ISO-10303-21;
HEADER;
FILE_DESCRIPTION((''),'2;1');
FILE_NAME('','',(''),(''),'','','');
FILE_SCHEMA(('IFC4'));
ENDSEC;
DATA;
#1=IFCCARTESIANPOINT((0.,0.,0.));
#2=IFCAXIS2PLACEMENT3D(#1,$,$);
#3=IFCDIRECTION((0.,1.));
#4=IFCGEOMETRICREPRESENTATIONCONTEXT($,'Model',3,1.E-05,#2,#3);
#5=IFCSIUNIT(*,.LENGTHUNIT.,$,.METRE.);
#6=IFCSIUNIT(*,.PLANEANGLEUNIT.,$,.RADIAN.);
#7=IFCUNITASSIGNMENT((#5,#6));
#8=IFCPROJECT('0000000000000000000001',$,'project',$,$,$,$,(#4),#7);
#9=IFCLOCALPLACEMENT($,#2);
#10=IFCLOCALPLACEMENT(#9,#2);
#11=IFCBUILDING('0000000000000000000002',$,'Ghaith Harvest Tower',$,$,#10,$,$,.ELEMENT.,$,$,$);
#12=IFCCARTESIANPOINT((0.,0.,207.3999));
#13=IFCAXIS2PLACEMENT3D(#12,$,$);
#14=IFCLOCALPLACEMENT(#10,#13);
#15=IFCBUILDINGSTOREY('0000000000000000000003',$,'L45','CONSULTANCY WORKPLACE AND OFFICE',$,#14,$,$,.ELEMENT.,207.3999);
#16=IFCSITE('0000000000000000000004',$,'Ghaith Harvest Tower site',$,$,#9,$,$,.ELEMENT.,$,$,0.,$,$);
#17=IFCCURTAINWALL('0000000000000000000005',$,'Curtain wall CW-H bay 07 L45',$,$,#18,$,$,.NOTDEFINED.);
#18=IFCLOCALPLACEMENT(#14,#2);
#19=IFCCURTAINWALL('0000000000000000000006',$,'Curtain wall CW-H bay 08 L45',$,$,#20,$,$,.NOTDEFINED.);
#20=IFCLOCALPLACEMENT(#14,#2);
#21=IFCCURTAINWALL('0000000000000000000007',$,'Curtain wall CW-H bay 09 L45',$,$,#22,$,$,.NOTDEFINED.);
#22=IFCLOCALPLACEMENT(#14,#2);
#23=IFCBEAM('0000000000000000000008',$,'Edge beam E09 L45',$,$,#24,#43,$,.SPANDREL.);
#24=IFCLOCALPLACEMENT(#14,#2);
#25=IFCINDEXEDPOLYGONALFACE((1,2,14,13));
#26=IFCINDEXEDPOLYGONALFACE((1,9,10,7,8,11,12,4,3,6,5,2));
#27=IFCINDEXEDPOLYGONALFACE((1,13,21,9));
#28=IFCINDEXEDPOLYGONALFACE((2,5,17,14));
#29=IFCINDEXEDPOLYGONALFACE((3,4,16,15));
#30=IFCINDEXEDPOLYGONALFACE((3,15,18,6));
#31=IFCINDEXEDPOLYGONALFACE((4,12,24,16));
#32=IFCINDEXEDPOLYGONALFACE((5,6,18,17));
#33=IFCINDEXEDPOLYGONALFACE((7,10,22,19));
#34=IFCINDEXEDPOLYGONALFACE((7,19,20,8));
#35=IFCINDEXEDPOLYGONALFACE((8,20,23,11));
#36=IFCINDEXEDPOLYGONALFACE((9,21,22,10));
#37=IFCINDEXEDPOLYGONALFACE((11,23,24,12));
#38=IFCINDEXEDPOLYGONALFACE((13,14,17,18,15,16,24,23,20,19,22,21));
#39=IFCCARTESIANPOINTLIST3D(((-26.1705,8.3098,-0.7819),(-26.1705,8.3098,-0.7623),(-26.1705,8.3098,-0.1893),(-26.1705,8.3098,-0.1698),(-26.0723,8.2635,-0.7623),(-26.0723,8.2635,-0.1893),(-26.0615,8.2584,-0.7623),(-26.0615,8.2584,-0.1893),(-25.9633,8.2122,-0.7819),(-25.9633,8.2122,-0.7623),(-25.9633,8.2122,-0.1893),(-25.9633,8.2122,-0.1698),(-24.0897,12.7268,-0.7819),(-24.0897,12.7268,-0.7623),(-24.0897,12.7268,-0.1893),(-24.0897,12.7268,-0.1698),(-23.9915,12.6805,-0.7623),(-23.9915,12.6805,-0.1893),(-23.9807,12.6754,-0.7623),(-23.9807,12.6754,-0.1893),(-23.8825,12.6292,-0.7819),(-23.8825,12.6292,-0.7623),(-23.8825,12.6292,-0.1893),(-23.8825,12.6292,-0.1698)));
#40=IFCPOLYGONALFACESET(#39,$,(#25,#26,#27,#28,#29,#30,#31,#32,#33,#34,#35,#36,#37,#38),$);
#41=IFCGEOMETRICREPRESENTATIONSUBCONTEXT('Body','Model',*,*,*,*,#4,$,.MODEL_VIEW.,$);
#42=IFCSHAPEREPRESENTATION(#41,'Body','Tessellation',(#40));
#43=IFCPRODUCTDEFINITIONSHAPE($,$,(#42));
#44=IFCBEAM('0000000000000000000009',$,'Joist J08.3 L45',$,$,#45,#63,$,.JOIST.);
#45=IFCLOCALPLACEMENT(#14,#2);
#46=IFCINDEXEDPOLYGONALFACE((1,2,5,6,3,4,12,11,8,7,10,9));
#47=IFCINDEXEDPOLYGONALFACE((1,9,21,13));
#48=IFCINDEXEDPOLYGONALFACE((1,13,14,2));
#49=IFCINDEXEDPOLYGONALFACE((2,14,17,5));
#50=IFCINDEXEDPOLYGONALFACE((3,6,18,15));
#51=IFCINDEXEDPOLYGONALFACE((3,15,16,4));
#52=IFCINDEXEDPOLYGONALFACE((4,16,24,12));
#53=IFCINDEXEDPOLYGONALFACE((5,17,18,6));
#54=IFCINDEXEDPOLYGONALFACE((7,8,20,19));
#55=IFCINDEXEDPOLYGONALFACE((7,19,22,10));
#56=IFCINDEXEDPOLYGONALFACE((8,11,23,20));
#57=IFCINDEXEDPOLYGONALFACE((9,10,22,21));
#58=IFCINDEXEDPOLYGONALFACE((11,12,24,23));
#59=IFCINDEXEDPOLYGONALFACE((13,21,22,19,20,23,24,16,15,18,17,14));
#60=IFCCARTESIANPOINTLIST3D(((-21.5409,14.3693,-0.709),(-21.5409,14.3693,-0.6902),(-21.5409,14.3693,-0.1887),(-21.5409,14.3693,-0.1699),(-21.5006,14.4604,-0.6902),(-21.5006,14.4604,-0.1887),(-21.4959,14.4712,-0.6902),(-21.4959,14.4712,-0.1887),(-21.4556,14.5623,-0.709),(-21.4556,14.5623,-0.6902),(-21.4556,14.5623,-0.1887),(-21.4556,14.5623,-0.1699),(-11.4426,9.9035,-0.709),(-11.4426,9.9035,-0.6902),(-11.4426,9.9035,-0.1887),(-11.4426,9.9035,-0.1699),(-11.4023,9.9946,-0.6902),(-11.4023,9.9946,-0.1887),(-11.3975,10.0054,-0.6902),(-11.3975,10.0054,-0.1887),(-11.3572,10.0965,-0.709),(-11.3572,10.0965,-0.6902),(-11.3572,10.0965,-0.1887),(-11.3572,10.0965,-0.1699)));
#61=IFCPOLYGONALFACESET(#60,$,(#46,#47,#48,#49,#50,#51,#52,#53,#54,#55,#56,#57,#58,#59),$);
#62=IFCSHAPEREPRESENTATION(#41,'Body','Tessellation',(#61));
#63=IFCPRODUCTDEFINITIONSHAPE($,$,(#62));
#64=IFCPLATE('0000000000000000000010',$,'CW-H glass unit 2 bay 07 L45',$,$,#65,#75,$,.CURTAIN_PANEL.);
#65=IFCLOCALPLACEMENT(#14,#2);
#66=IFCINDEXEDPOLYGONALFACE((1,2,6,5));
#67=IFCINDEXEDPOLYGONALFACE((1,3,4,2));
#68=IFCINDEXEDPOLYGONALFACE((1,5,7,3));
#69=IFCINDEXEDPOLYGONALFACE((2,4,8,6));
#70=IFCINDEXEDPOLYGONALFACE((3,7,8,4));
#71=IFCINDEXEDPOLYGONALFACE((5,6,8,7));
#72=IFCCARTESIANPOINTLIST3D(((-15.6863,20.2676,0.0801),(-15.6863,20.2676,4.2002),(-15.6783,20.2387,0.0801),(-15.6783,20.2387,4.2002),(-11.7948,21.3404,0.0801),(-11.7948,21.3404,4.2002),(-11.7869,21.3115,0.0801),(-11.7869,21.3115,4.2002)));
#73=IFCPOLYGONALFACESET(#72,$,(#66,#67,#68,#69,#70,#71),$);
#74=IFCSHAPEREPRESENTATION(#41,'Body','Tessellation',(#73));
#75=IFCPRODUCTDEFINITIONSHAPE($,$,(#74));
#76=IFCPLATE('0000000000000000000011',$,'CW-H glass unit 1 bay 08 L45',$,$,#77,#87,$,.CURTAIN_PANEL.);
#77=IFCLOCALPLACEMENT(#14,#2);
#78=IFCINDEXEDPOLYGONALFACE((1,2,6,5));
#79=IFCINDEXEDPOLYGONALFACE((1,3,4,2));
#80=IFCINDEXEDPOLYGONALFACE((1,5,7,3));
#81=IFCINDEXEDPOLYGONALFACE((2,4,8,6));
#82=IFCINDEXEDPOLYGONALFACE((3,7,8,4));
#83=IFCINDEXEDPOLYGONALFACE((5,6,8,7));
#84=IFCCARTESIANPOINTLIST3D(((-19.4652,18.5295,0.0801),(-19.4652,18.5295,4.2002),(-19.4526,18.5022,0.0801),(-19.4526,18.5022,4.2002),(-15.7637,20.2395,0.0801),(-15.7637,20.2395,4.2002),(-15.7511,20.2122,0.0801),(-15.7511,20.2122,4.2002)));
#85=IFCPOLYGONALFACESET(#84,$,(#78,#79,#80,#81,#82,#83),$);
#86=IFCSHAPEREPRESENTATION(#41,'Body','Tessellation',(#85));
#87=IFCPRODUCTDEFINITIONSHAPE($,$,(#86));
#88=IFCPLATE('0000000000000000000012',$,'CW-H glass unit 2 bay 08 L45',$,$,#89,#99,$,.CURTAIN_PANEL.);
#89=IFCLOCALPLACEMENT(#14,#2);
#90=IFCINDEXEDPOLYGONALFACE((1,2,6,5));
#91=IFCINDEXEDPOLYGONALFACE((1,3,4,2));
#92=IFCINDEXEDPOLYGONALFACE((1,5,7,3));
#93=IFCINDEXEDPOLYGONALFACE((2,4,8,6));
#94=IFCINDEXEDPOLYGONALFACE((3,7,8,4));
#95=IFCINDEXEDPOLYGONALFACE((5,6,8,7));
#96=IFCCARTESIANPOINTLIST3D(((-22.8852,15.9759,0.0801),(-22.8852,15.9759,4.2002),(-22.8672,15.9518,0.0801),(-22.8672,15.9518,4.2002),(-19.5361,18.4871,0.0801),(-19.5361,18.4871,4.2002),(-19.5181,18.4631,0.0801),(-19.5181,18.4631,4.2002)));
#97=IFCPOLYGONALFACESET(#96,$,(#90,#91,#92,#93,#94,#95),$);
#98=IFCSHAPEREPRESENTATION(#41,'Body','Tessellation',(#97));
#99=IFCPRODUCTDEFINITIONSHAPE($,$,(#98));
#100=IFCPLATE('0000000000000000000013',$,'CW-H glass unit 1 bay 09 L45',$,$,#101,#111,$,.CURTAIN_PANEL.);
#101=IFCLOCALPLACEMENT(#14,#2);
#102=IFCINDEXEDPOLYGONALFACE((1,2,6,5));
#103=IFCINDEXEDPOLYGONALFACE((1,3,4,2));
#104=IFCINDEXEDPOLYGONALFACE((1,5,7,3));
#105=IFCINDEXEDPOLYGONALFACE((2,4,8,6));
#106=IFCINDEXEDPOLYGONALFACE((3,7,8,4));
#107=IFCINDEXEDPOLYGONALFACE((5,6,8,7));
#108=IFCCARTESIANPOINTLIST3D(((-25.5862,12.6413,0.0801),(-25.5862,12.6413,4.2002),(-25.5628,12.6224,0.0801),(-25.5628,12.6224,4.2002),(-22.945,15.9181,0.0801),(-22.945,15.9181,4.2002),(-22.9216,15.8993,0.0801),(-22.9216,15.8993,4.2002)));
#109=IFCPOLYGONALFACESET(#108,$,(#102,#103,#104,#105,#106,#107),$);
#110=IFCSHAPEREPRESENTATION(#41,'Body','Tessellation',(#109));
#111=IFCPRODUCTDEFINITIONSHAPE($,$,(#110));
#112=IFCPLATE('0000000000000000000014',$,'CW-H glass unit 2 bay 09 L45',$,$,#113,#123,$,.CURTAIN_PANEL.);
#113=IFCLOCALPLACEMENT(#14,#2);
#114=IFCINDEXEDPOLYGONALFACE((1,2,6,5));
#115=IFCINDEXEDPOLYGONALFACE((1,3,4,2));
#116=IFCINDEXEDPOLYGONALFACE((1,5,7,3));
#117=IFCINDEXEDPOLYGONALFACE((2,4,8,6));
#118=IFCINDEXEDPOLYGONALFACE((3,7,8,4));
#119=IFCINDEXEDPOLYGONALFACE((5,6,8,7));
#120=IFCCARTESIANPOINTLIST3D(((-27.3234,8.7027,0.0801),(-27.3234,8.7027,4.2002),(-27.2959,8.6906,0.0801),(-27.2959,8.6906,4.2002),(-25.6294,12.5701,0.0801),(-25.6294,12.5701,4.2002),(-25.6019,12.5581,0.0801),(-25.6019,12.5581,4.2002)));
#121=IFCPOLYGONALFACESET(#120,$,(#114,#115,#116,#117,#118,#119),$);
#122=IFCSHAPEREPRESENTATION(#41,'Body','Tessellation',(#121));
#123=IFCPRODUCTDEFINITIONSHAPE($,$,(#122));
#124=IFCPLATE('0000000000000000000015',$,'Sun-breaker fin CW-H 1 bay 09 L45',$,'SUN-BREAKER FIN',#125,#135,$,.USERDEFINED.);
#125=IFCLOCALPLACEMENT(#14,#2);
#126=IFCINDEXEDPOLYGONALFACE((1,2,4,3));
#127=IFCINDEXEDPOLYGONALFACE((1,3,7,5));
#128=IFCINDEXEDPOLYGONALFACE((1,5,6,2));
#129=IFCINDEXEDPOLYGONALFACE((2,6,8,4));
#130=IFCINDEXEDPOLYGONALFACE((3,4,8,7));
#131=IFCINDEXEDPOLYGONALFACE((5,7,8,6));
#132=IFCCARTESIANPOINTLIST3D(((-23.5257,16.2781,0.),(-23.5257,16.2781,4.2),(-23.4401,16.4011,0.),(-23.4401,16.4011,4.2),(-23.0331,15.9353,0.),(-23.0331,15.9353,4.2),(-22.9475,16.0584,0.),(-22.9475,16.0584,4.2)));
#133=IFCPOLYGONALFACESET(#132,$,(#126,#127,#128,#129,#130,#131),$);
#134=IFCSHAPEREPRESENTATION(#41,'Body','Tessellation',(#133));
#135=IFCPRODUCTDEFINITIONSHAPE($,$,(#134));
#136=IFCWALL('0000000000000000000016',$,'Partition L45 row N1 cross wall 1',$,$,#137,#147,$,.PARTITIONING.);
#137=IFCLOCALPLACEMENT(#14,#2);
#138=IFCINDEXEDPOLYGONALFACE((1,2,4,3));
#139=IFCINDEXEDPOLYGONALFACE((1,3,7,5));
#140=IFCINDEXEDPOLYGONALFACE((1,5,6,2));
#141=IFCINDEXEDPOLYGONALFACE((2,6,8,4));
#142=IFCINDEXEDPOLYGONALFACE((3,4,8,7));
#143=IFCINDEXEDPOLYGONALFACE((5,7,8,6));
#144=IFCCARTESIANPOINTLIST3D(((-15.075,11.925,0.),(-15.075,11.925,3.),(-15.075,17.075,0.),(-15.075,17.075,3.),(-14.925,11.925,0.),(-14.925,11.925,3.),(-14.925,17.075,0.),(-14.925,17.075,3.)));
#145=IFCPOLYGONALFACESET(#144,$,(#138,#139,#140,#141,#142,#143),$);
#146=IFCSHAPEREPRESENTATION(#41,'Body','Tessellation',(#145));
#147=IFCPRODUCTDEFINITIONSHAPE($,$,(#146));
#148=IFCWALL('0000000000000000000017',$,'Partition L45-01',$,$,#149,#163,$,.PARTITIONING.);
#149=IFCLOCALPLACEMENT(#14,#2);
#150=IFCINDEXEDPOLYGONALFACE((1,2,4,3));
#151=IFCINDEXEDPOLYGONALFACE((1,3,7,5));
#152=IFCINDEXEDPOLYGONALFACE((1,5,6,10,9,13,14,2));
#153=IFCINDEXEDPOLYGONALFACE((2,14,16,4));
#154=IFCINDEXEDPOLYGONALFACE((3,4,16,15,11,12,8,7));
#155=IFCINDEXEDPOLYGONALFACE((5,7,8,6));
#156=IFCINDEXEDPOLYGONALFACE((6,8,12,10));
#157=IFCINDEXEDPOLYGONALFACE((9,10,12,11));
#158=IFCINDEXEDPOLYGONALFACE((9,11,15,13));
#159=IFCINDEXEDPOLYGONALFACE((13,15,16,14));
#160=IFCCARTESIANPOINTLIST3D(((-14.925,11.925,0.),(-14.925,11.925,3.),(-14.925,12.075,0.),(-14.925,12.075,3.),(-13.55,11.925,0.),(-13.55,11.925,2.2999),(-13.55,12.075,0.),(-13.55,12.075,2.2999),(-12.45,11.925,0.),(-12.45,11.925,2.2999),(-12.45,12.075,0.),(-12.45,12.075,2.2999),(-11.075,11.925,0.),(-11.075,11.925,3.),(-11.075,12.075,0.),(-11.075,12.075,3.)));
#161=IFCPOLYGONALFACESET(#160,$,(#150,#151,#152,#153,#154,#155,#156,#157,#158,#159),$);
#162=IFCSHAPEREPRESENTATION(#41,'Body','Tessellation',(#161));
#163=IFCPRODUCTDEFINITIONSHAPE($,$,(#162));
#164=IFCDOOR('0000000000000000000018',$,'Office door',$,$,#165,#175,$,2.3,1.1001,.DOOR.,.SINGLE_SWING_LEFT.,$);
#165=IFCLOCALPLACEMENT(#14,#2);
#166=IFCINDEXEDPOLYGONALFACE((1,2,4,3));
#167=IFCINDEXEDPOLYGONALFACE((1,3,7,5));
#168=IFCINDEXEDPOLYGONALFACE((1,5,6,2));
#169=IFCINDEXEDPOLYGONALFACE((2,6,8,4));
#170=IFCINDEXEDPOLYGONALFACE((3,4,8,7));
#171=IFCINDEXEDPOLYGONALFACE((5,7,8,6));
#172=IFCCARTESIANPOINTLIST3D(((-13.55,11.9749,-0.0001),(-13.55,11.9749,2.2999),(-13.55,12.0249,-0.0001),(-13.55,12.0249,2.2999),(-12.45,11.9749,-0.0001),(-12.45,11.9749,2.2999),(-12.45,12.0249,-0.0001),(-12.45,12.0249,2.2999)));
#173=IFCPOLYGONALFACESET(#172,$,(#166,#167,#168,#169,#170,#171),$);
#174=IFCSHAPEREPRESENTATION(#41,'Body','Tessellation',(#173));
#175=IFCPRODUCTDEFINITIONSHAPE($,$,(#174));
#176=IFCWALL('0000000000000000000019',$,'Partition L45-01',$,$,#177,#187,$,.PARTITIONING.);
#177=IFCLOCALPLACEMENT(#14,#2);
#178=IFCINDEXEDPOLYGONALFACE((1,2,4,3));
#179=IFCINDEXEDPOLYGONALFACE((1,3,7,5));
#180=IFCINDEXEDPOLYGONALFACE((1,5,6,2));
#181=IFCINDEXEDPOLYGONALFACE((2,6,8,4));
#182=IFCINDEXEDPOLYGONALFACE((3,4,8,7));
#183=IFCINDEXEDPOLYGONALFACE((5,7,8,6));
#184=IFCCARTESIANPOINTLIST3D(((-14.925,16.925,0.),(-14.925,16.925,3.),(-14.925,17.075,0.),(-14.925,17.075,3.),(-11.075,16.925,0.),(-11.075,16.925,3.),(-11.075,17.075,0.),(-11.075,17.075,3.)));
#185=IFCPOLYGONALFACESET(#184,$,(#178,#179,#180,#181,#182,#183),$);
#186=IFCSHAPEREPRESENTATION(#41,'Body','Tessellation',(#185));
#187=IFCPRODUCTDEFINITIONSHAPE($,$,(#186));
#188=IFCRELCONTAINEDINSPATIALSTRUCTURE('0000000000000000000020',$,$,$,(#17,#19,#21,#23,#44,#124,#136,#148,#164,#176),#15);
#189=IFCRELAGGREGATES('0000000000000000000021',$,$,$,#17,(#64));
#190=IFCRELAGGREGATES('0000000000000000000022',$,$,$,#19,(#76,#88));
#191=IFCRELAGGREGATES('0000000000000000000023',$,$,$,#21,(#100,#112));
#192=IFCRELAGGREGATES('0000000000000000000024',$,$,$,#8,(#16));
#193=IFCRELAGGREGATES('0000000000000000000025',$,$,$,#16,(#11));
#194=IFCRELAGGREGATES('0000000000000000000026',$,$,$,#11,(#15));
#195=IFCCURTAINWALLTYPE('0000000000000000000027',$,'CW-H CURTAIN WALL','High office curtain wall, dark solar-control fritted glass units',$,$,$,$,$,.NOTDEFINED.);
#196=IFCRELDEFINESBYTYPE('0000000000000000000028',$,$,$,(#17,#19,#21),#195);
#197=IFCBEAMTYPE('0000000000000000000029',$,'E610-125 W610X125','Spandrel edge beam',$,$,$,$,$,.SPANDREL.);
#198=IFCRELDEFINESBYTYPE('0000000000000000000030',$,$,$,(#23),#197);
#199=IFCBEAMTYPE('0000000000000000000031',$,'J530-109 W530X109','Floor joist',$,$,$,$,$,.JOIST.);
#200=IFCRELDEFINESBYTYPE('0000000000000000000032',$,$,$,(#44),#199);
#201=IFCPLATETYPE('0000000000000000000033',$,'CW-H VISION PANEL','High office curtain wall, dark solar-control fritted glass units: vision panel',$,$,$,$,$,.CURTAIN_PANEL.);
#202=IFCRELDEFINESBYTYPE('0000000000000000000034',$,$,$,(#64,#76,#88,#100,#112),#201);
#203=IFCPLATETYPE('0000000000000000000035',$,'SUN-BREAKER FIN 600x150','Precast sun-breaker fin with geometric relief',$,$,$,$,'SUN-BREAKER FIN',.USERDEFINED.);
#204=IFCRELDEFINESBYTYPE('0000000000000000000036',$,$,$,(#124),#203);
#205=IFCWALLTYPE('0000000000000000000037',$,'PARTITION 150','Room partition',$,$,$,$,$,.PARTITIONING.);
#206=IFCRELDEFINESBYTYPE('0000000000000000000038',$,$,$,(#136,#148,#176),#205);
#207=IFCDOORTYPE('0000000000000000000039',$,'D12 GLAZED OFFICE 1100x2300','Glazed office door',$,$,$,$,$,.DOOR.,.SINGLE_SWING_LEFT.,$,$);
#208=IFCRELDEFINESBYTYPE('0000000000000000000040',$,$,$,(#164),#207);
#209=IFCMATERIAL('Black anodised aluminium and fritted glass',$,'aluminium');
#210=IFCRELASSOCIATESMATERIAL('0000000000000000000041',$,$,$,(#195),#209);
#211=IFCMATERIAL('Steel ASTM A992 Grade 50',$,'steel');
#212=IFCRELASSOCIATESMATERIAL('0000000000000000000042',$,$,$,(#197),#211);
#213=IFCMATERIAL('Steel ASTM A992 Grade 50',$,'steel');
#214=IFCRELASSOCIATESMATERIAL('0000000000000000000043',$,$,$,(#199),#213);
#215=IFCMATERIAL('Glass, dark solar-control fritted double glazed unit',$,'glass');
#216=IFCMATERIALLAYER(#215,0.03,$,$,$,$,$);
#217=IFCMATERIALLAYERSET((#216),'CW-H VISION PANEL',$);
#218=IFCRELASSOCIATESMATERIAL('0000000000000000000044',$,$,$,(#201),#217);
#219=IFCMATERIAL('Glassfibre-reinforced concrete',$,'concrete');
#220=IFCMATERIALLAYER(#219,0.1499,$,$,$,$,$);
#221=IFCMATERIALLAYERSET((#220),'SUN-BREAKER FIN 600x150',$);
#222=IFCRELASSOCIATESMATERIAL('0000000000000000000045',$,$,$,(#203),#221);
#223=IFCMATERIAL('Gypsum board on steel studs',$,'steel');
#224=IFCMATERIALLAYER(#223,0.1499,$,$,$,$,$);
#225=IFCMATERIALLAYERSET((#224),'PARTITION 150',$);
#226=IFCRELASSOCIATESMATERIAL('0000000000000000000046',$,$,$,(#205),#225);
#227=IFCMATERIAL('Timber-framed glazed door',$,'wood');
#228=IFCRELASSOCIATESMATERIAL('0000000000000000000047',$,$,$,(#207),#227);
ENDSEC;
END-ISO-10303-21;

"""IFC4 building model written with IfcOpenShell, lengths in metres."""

from ifc_helpers import new_model, si_unit, direction, frame, frame_2d, origin, origin_2d, place, context, subcontext, project, spatial, rectangle, i_section, extrude, material, layer, layer_set, material_profile, profile_set, type_object, element, fill, aggregate, save


model = new_model("IFC4")

# Units and contexts
model_context = context("Model", 3, precision=1e-05, world=origin(), true_north=direction((0.0, 1.0)))
body_context = subcontext(model_context, "Body", "Model", "MODEL_VIEW")
ifc_project = project(units=[si_unit("LENGTHUNIT", "METRE"), si_unit("PLANEANGLEUNIT", "RADIAN")], contexts=[model_context])

# Site, building, storey
site_placement = place(None, origin())
site = spatial("IfcSite", under=ifc_project, at=site_placement, Name="Ghaith Harvest Tower site", CompositionType="ELEMENT", RefElevation=0.0)
building_placement = place(site_placement, origin())
building = spatial("IfcBuilding", under=site, at=building_placement, Name="Ghaith Harvest Tower", CompositionType="ELEMENT")
storey_placement = place(building_placement, frame((0.0, 0.0, 207.3999)))
storey = spatial("IfcBuildingStorey", under=building, at=storey_placement, Name="L45", Description="CONSULTANCY WORKPLACE AND OFFICE", CompositionType="ELEMENT", Elevation=207.3999)

# Curtain wall
ifc_material_1 = material(Name="Black anodised aluminium and fritted glass", Category="aluminium")
curtain_wall_type = type_object("IfcCurtainWallType", Name="CW-H CURTAIN WALL", Description="High office curtain wall, dark solar-control fritted glass units", PredefinedType="NOTDEFINED", material=ifc_material_1)
curtain_wall_1_placement = place(storey_placement, origin())
curtain_wall_1 = element("IfcCurtainWall", 1, at=curtain_wall_1_placement, inside=storey, type_object=curtain_wall_type, Name="Curtain wall CW-H bay 07 L45", PredefinedType="NOTDEFINED")

# Curtain walls
curtain_wall_2_placement = place(storey_placement, origin())
curtain_wall_2 = element("IfcCurtainWall", 2, at=curtain_wall_2_placement, inside=storey, type_object=curtain_wall_type, Name="Curtain wall CW-H bay 08 L45", PredefinedType="NOTDEFINED")
curtain_wall_3_placement = place(storey_placement, origin())
curtain_wall_3 = element("IfcCurtainWall", 3, at=curtain_wall_3_placement, inside=storey, type_object=curtain_wall_type, Name="Curtain wall CW-H bay 09 L45", PredefinedType="NOTDEFINED")

# Beams
ifc_material_2 = material(Name="Steel ASTM A992 Grade 50", Category="steel")
ifc_material_profile_1 = material_profile(ifc_material_2, i_section(OverallWidth=0.229, OverallDepth=0.6121, WebThickness=0.012, FlangeThickness=0.0195, at=origin_2d()), Name="W610X125")
ifc_profile_set_1 = profile_set([ifc_material_profile_1], Name="Steel ASTM A992 Grade 50")
beam_type_1 = type_object("IfcBeamType", Name="E610-125 W610X125", Description="Spandrel edge beam", PredefinedType="SPANDREL", material=ifc_profile_set_1)
beam_1_placement = place(storey_placement, frame((-23.9861, 12.678, -0.4758), z_axis=(-0.42617, -0.904643, 0.0), x_axis=(0.904643, -0.42617, 0.0)))
element("IfcBeam", 4, at=beam_1_placement, inside=storey, type_object=beam_type_1, Name="Edge beam E09 L45", PredefinedType="SPANDREL", context=body_context, shape_type="SweptSolid", body=[
    extrude(i_section(OverallWidth=0.229, OverallDepth=0.6121, WebThickness=0.012, FlangeThickness=0.0195, at=origin_2d()), origin(), (0.0, 0.0, 1.0), 4.8826),
])
ifc_material_3 = material(Name="Steel ASTM A992 Grade 50", Category="steel")
ifc_material_profile_2 = material_profile(ifc_material_3, i_section(OverallWidth=0.2109, OverallDepth=0.5391, WebThickness=0.0117, FlangeThickness=0.0188, at=origin_2d()), Name="W530X109")
ifc_profile_set_2 = profile_set([ifc_material_profile_2], Name="Steel ASTM A992 Grade 50")
beam_type_2 = type_object("IfcBeamType", Name="J530-109 W530X109", Description="Floor joist", PredefinedType="JOIST", material=ifc_profile_set_2)
beam_2_placement = place(storey_placement, frame((-11.3999, 10.0, -0.4395), z_axis=(-0.914561, 0.404447, 0.0), x_axis=(-0.404447, -0.914561, 0.0)))
element("IfcBeam", 5, at=beam_2_placement, inside=storey, type_object=beam_type_2, Name="Joist J08.3 L45", PredefinedType="JOIST", context=body_context, shape_type="SweptSolid", body=[
    extrude(i_section(OverallWidth=0.2109, OverallDepth=0.5391, WebThickness=0.0117, FlangeThickness=0.0188, at=origin_2d()), origin(), (0.0, 0.0, 1.0), 11.0417),
])

# Plates
ifc_material_4 = material(Name="Glass, dark solar-control fritted double glazed unit", Category="glass")
ifc_layer_1 = layer(ifc_material_4, 0.03)
ifc_layer_set_1 = layer_set([ifc_layer_1], Name="CW-H VISION PANEL")
plate_type_1 = type_object("IfcPlateType", Name="CW-H VISION PANEL", Description="High office curtain wall, dark solar-control fritted glass units: vision panel", PredefinedType="CURTAIN_PANEL", material=ifc_layer_set_1)
plate_1_placement = place(storey_placement, frame((-13.7366, 20.7896, 0.0801), z_axis=(0.0, 0.0, 1.0), x_axis=(-0.964034, -0.265779, 0.0)))
plate_1 = element("IfcPlate", 6, at=plate_1_placement, type_object=plate_type_1, Name="CW-H glass unit 2 bay 07 L45", PredefinedType="CURTAIN_PANEL", context=body_context, shape_type="SweptSolid", body=[
    extrude(rectangle(XDim=4.0366, YDim=0.03, at=origin_2d()), origin(), (0.0, 0.0, 1.0), 4.1201),
])
aggregate(curtain_wall_1, [plate_1])
plate_2_placement = place(storey_placement, frame((-17.6082, 19.3708, 0.0801), z_axis=(0.0, 0.0, 1.0), x_axis=(-0.907814, -0.419372, 0.0)))
plate_2 = element("IfcPlate", 7, at=plate_2_placement, type_object=plate_type_1, Name="CW-H glass unit 1 bay 08 L45", PredefinedType="CURTAIN_PANEL", context=body_context, shape_type="SweptSolid", body=[
    extrude(rectangle(XDim=4.0774, YDim=0.03, at=origin_2d()), origin(), (0.0, 0.0, 1.0), 4.1201),
])
plate_3_placement = place(storey_placement, frame((-21.2017, 17.2195, 0.0801), z_axis=(0.0, 0.0, 1.0), x_axis=(-0.800067, -0.599911, 0.0)))
plate_3 = element("IfcPlate", 8, at=plate_3_placement, type_object=plate_type_1, Name="CW-H glass unit 2 bay 08 L45", PredefinedType="CURTAIN_PANEL", context=body_context, shape_type="SweptSolid", body=[
    extrude(rectangle(XDim=4.186, YDim=0.03, at=origin_2d()), origin(), (0.0, 0.0, 1.0), 4.1201),
])
aggregate(curtain_wall_2, [plate_2, plate_3])
plate_4_placement = place(storey_placement, frame((-24.2539, 14.2703, 0.0801), z_axis=(0.0, 0.0, 1.0), x_axis=(-0.627548, -0.778578, 0.0)))
plate_4 = element("IfcPlate", 9, at=plate_4_placement, type_object=plate_type_1, Name="CW-H glass unit 1 bay 09 L45", PredefinedType="CURTAIN_PANEL", context=body_context, shape_type="SweptSolid", body=[
    extrude(rectangle(XDim=4.2087, YDim=0.03, at=origin_2d()), origin(), (0.0, 0.0, 1.0), 4.1201),
])
plate_5_placement = place(storey_placement, frame((-26.4626, 10.6304, 0.0801), z_axis=(0.0, 0.0, 1.0), x_axis=(-0.401213, -0.915985, 0.0)))
plate_5 = element("IfcPlate", 10, at=plate_5_placement, type_object=plate_type_1, Name="CW-H glass unit 2 bay 09 L45", PredefinedType="CURTAIN_PANEL", context=body_context, shape_type="SweptSolid", body=[
    extrude(rectangle(XDim=4.2222, YDim=0.03, at=origin_2d()), origin(), (0.0, 0.0, 1.0), 4.1201),
])
aggregate(curtain_wall_3, [plate_4, plate_5])
ifc_material_5 = material(Name="Glassfibre-reinforced concrete", Category="concrete")
ifc_layer_2 = layer(ifc_material_5, 0.1499)
ifc_layer_set_2 = layer_set([ifc_layer_2], Name="SUN-BREAKER FIN 600x150")
plate_type_2 = type_object("IfcPlateType", Name="SUN-BREAKER FIN 600x150", Description="Precast sun-breaker fin with geometric relief", ElementType="SUN-BREAKER FIN", PredefinedType="USERDEFINED", material=ifc_layer_set_2)
plate_6_placement = place(storey_placement, frame((-23.2366, 16.1682, 0.0), z_axis=(0.0, 0.0, 1.0), x_axis=(-0.820845, 0.57115, 0.0)))
element("IfcPlate", 11, at=plate_6_placement, inside=storey, type_object=plate_type_2, Name="Sun-breaker fin CW-H 1 bay 09 L45", ObjectType="SUN-BREAKER FIN", PredefinedType="USERDEFINED", context=body_context, shape_type="SweptSolid", body=[
    extrude(rectangle(XDim=0.6001, YDim=0.1499, at=origin_2d()), origin(), (0.0, 0.0, 1.0), 4.2),
])

# Wall
ifc_material_6 = material(Name="Gypsum board on steel studs", Category="steel")
ifc_layer_3 = layer(ifc_material_6, 0.1499)
ifc_layer_set_3 = layer_set([ifc_layer_3], Name="PARTITION 150")
wall_type_1 = type_object("IfcWallType", Name="PARTITION 150", Description="Room partition", PredefinedType="PARTITIONING", material=ifc_layer_set_3)
wall_1_placement = place(storey_placement, frame((-15.0, 11.925, 0.0), z_axis=(0.0, 0.0, 1.0), x_axis=(0.0, 1.0, 0.0)))
element("IfcWall", 12, at=wall_1_placement, inside=storey, type_object=wall_type_1, Name="Partition L45 row N1 cross wall 1", PredefinedType="PARTITIONING", context=body_context, shape_type="SweptSolid", body=[
    extrude(rectangle(XDim=5.1499, YDim=0.1499, at=frame_2d((2.575, 0.0))), origin(), (0.0, 0.0, 1.0), 3.0),
])

# Wall, opening, door
wall_2_placement = place(storey_placement, frame((-14.925, 12.0, 0.0), z_axis=(0.0, 0.0, 1.0), x_axis=(1.0, 0.0, 0.0)))
wall_2 = element("IfcWall", 13, at=wall_2_placement, inside=storey, type_object=wall_type_1, Name="Partition L45-01", PredefinedType="PARTITIONING", context=body_context, shape_type="SweptSolid", body=[
    extrude(rectangle(XDim=3.8501, YDim=0.1499, at=frame_2d((1.925, 0.0))), origin(), (0.0, 0.0, 1.0), 3.0),
])
opening_1_placement = place(wall_2_placement, frame((1.375, 0.0, 0.0)))
opening_1 = element("IfcOpeningElement", 14, at=opening_1_placement, cuts=wall_2, PredefinedType="OPENING", context=body_context, shape_type="SweptSolid", body=[
    extrude(rectangle(XDim=1.1001, YDim=2.3, at=frame_2d((0.55, 1.1499))), frame((0.0, 0.085, 0.0), z_axis=(0.0, -1.0, 0.0), x_axis=(1.0, 0.0, 0.0)), (0.0, 0.0, 1.0), 0.1699),
])
ifc_material_7 = material(Name="Timber-framed glazed door", Category="wood")
door_type_1 = type_object("IfcDoorType", Name="D12 GLAZED OFFICE 1100x2300", Description="Glazed office door", OperationType="SINGLE_SWING_LEFT", PredefinedType="DOOR", material=ifc_material_7)
door_1_placement = place(opening_1_placement, origin())
door_1 = element("IfcDoor", 15, at=door_1_placement, inside=storey, type_object=door_type_1, Name="Office door", OperationType="SINGLE_SWING_LEFT", OverallHeight=2.3, OverallWidth=1.1001, PredefinedType="DOOR", context=body_context, shape_type="SweptSolid", body=[
    extrude(rectangle(XDim=1.1001, YDim=2.3, at=frame_2d((0.55, 1.1499))), frame((0.0, 0.0249, 0.0), z_axis=(0.0, -1.0, 0.0), x_axis=(1.0, 0.0, 0.0)), (0.0, 0.0, 1.0), 0.05),
])
fill(opening_1, door_1)

# Wall
wall_3_placement = place(storey_placement, frame((-14.925, 17.0, 0.0), z_axis=(0.0, 0.0, 1.0), x_axis=(1.0, 0.0, 0.0)))
element("IfcWall", 16, at=wall_3_placement, inside=storey, type_object=wall_type_1, Name="Partition L45-01", PredefinedType="PARTITIONING", context=body_context, shape_type="SweptSolid", body=[
    extrude(rectangle(XDim=3.8501, YDim=0.1499, at=frame_2d((1.925, 0.0))), origin(), (0.0, 0.0, 1.0), 3.0),
])

save(model, "model.ifc")
